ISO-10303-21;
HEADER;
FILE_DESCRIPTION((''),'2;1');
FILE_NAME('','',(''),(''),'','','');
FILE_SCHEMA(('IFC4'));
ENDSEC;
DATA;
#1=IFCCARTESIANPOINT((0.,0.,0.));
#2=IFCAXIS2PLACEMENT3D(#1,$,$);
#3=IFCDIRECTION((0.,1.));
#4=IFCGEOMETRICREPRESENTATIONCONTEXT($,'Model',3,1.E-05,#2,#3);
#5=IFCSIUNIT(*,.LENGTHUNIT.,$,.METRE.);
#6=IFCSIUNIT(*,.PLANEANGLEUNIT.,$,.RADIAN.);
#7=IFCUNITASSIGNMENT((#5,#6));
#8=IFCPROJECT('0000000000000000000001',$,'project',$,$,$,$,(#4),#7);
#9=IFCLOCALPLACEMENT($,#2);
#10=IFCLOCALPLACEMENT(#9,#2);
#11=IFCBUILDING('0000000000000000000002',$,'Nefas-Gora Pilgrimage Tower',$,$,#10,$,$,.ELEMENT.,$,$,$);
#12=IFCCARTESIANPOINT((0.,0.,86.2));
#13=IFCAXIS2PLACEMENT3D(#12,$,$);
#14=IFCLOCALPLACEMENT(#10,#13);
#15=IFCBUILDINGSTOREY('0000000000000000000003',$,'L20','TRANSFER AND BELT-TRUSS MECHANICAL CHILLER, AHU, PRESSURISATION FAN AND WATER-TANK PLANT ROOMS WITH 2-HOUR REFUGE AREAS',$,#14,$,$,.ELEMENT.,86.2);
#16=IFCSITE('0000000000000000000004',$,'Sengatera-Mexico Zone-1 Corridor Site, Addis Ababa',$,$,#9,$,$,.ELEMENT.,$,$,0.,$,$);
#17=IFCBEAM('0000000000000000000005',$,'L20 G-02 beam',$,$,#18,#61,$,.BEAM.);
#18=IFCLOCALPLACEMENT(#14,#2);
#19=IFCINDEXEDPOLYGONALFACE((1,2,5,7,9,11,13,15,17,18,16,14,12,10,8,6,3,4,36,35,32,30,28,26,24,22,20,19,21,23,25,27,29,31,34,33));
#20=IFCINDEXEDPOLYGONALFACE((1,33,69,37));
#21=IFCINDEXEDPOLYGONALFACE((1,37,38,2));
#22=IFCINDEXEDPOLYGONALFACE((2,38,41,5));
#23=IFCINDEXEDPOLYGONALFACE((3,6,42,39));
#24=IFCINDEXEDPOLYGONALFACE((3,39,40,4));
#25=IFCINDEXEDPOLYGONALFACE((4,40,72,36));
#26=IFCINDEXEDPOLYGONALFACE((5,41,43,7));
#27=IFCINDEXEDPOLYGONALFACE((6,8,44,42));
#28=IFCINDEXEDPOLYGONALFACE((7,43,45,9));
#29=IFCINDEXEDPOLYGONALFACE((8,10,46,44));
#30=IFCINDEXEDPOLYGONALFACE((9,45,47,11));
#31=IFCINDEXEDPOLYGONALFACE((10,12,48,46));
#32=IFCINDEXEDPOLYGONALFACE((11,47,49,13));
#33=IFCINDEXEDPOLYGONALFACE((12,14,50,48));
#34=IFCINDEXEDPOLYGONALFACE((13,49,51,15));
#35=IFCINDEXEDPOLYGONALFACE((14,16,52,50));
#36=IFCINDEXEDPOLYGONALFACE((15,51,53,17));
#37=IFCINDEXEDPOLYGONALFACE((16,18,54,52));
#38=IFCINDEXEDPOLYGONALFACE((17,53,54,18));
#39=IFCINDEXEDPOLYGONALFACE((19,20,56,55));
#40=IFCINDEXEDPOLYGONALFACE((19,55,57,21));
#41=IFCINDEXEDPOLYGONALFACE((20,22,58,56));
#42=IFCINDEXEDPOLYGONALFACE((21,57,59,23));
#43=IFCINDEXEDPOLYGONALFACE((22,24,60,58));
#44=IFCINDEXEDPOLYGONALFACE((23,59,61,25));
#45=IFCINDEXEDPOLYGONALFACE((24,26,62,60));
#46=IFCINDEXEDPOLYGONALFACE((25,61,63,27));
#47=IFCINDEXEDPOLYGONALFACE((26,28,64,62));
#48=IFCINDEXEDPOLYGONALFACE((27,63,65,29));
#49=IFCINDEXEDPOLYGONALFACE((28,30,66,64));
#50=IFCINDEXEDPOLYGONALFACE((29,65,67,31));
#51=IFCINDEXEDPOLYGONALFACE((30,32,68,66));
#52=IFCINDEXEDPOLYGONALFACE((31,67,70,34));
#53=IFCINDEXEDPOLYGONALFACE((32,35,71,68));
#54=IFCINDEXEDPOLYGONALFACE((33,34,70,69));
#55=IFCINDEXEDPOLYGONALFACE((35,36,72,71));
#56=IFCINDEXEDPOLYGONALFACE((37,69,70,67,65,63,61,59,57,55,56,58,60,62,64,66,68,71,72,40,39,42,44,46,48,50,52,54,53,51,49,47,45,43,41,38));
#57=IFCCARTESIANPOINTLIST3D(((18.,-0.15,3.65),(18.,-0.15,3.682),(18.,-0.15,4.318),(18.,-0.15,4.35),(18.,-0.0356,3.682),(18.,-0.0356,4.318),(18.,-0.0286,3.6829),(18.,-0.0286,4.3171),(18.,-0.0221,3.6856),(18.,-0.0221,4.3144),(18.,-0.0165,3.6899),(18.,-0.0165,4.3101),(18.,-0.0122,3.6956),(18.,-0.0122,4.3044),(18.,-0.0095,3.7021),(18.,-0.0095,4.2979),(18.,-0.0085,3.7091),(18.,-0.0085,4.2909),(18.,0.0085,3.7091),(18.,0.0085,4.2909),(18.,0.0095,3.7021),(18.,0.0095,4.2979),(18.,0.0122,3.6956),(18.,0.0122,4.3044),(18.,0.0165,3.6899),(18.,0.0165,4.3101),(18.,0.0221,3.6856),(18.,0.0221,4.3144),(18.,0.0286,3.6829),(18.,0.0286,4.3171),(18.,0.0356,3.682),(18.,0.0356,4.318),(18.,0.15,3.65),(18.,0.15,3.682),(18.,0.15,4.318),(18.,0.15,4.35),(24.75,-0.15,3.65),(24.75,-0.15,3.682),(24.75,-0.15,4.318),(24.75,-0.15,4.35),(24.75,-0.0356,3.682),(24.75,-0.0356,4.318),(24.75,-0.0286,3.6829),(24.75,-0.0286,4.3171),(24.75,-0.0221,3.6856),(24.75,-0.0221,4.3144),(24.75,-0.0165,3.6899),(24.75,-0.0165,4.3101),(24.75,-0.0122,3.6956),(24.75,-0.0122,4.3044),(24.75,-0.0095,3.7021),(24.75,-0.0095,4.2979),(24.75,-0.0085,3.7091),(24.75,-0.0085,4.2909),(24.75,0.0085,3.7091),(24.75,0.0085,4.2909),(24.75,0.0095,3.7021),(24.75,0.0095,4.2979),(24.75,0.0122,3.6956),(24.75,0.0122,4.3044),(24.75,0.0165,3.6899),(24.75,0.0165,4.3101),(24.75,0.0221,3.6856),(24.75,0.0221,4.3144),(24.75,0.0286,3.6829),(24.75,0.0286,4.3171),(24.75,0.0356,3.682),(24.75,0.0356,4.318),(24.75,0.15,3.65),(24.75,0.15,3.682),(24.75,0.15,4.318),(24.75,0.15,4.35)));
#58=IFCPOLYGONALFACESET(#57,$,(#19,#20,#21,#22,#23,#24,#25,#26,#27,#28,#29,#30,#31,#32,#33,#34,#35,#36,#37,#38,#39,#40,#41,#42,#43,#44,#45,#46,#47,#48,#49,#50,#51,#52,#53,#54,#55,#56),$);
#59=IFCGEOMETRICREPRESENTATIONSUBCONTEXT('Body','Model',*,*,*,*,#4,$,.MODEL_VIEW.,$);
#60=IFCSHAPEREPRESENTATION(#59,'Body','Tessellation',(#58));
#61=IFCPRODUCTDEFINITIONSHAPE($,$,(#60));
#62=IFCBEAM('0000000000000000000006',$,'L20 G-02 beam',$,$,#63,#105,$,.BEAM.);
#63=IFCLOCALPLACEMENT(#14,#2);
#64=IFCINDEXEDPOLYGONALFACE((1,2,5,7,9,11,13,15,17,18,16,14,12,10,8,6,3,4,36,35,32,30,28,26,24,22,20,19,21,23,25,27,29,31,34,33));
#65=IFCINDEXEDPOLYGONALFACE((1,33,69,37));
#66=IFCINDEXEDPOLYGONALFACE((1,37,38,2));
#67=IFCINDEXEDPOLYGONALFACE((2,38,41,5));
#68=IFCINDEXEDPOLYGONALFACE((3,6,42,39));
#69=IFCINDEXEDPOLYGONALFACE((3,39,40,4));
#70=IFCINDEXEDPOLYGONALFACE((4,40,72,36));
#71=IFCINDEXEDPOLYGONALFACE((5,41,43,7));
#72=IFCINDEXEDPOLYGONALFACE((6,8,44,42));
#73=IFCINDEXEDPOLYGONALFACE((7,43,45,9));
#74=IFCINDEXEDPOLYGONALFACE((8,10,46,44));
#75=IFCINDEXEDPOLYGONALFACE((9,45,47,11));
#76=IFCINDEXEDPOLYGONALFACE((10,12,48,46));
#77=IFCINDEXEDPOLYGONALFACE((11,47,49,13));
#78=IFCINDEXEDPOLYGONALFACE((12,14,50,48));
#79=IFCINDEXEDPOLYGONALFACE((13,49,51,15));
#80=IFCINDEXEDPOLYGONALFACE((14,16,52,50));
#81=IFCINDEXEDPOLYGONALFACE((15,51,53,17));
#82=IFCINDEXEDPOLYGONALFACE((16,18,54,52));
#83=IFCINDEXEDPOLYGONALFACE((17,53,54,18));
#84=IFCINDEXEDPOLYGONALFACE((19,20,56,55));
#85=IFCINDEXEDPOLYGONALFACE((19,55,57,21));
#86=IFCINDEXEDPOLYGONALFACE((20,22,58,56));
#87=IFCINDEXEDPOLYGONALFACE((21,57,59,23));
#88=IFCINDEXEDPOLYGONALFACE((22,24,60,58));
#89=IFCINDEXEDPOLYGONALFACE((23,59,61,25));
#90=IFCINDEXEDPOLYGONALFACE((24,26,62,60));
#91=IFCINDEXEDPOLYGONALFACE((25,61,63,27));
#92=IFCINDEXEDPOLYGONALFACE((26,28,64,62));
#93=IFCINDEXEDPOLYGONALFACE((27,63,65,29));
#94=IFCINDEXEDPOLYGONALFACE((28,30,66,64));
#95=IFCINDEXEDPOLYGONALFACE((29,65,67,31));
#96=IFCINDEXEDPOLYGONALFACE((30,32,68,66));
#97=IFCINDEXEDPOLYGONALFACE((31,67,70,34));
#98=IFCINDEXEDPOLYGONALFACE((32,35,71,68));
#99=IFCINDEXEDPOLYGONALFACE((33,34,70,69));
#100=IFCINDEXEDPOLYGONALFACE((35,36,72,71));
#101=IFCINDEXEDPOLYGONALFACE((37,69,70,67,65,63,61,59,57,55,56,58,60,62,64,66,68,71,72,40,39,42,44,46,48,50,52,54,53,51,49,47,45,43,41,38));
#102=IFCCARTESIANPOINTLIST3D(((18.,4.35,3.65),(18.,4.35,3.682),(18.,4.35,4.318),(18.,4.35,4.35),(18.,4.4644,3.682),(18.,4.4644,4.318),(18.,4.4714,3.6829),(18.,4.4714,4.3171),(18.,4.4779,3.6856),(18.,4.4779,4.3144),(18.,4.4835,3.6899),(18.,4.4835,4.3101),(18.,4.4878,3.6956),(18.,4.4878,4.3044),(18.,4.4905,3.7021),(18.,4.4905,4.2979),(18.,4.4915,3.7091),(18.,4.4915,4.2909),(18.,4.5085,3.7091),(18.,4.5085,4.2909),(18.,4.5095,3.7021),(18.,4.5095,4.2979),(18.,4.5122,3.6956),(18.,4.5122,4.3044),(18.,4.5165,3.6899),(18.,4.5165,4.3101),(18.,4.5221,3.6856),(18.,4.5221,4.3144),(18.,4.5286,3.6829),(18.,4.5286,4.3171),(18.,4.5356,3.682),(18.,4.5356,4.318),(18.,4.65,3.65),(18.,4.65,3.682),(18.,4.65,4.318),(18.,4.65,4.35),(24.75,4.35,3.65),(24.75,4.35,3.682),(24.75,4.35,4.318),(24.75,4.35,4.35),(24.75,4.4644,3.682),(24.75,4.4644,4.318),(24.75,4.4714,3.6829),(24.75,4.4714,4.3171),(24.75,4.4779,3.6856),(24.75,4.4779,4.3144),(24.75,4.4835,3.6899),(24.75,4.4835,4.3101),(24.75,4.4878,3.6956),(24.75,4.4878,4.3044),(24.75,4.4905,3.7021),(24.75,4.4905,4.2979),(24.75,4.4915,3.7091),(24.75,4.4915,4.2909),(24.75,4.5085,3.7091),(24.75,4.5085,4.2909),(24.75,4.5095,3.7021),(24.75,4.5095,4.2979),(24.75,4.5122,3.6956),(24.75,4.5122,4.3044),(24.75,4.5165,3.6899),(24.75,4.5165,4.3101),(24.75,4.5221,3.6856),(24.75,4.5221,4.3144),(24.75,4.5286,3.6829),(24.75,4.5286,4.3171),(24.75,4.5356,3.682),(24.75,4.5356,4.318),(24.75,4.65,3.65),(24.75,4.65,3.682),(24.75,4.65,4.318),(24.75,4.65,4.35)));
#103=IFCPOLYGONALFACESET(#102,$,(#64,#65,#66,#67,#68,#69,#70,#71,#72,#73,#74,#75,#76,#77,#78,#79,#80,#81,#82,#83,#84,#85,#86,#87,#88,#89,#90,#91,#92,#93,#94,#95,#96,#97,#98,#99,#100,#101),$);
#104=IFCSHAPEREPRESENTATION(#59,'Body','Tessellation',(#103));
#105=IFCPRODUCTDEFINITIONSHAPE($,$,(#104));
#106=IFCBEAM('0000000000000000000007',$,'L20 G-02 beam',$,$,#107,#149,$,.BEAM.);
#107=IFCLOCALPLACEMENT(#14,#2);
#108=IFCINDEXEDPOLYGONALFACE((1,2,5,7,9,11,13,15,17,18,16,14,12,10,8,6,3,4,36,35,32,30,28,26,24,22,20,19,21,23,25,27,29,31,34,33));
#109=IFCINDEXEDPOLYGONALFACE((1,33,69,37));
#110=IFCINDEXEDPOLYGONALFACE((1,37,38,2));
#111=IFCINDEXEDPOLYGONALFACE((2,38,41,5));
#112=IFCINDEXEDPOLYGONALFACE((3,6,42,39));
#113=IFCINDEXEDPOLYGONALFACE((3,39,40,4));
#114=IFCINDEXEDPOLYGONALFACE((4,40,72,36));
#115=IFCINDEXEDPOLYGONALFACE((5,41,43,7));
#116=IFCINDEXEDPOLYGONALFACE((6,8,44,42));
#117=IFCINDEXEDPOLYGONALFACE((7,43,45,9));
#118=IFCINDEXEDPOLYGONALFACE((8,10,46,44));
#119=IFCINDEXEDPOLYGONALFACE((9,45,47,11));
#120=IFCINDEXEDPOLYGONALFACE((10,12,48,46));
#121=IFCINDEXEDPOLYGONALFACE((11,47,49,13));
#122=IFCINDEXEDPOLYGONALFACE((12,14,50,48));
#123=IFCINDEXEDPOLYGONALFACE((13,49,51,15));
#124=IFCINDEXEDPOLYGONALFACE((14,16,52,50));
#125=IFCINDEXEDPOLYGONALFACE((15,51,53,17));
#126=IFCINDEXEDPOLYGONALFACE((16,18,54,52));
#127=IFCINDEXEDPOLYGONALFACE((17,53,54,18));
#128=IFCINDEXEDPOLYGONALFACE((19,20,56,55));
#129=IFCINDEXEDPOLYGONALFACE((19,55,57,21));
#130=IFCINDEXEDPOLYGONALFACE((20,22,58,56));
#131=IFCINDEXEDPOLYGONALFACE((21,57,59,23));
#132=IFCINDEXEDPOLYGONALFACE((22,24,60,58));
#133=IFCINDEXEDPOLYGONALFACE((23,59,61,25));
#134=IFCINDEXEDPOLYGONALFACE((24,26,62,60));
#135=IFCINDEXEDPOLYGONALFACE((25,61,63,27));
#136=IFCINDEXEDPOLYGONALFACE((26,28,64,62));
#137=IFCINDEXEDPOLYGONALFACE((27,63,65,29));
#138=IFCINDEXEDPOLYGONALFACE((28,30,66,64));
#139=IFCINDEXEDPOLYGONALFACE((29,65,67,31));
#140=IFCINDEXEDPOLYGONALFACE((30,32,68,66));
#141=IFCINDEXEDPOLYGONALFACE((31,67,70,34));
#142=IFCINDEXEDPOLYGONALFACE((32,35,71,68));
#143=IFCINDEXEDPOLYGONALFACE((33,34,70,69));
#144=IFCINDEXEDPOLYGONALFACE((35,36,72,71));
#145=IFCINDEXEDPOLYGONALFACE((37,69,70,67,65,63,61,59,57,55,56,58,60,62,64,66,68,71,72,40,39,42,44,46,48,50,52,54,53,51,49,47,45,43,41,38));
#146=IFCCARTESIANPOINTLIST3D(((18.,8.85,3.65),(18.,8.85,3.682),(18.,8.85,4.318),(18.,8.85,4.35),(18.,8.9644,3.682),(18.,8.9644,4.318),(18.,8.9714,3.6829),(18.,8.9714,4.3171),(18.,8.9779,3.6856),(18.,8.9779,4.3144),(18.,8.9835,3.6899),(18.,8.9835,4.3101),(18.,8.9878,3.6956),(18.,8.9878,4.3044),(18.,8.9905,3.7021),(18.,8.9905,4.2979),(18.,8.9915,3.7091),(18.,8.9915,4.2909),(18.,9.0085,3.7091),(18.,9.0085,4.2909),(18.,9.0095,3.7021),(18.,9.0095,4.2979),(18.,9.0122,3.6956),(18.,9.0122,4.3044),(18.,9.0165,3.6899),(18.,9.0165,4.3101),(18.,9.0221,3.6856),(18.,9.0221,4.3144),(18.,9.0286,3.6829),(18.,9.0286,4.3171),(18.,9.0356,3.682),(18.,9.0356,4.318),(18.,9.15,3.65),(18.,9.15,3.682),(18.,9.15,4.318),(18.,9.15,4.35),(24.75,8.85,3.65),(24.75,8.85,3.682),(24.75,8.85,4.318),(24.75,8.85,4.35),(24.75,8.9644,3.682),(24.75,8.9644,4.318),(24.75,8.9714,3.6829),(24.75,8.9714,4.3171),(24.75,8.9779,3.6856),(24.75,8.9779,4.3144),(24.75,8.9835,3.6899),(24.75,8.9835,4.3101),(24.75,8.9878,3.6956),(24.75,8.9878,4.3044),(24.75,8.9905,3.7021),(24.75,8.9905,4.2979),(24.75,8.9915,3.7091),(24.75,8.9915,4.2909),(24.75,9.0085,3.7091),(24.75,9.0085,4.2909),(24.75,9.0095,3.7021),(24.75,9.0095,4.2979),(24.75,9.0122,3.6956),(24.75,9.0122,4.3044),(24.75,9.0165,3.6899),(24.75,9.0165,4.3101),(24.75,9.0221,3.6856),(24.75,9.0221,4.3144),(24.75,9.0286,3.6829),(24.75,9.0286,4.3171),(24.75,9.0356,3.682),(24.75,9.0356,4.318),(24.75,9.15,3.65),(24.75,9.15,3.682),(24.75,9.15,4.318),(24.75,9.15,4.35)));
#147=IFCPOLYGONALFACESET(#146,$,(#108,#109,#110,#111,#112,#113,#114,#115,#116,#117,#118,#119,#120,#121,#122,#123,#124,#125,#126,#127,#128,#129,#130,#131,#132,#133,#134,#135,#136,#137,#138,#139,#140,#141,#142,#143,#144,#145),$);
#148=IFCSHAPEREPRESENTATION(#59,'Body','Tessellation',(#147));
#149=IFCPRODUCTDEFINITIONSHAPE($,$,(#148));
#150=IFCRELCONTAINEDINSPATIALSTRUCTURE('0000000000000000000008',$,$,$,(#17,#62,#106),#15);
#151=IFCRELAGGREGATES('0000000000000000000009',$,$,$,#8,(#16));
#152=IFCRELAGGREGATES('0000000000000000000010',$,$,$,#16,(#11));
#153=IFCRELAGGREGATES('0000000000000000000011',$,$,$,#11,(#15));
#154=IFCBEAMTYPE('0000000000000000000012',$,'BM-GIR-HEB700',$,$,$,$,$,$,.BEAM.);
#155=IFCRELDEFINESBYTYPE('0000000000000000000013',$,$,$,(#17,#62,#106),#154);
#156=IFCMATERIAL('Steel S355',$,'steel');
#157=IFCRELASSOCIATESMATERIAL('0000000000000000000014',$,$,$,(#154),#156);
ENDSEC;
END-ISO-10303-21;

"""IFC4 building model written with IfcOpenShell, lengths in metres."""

from ifc_helpers import new_model, si_unit, direction, frame, origin, origin_2d, place, context, subcontext, project, spatial, i_section, extrude, source, transform, mapped, material, material_profile, profile_set, type_object, element, save


model = new_model("IFC4")

# Units and contexts
model_context = context("Model", 3, precision=1e-05, world=origin(), true_north=direction((0.0, 1.0)))
body_context = subcontext(model_context, "Body", "Model", "MODEL_VIEW")
ifc_project = project(units=[si_unit("LENGTHUNIT", "METRE"), si_unit("PLANEANGLEUNIT", "RADIAN")], contexts=[model_context])

# Site, building, storey
site_placement = place(None, origin())
site = spatial("IfcSite", under=ifc_project, at=site_placement, Name="Sengatera-Mexico Zone-1 Corridor Site, Addis Ababa", CompositionType="ELEMENT", RefElevation=0.0)
building_placement = place(site_placement, origin())
building = spatial("IfcBuilding", under=site, at=building_placement, Name="Nefas-Gora Pilgrimage Tower", CompositionType="ELEMENT")
storey_placement = place(building_placement, frame((0.0, 0.0, 86.2)))
storey = spatial("IfcBuildingStorey", under=building, at=storey_placement, Name="L20", Description="TRANSFER AND BELT-TRUSS MECHANICAL CHILLER, AHU, PRESSURISATION FAN AND WATER-TANK PLANT ROOMS WITH 2-HOUR REFUGE AREAS", CompositionType="ELEMENT", Elevation=86.2)

# Beams
ifc_material_1 = material(Name="Steel S355", Category="steel")
ifc_material_profile_1 = material_profile(ifc_material_1, i_section(OverallWidth=0.3, OverallDepth=0.7, WebThickness=0.0171, FlangeThickness=0.032, FilletRadius=0.0271, at=origin_2d()), Name="HEB 700")
ifc_profile_set_1 = profile_set([ifc_material_profile_1], Name="Steel S355")
beam_type_1 = type_object("IfcBeamType", Name="BM-GIR-HEB700", PredefinedType="BEAM", material=ifc_profile_set_1)
shared_shape_1 = source(origin(), body_context, "Body", "SweptSolid", [
    extrude(i_section(OverallWidth=0.3, OverallDepth=0.7, WebThickness=0.0171, FlangeThickness=0.032, FilletRadius=0.0271, at=origin_2d()), origin(), (0.0, 0.0, 1.0), 6.75),
])
for number, where, z_axis, x_axis, name in (
    (1, (18.0, 0.0, 4.0), (1.0, 0.0, 0.0), (0.0, 1.0, 0.0), "L20 G-02 beam"),
    (2, (18.0, 4.5, 4.0), (1.0, 0.0, 0.0), (0.0, 1.0, 0.0), "L20 G-02 beam"),
    (3, (18.0, 9.0, 4.0), (1.0, 0.0, 0.0), (0.0, 1.0, 0.0), "L20 G-02 beam"),
):
    element("IfcBeam", number, at=place(storey_placement, frame(where, z_axis=z_axis, x_axis=x_axis)), inside=storey, type_object=beam_type_1, Name=name, PredefinedType="BEAM", context=body_context, shape_type="MappedRepresentation", body=[
        mapped(shared_shape_1, transform((0.0, 0.0, 0.0), x_axis=(1.0, 0.0, 0.0), y_axis=(0.0, 1.0, 0.0), z_axis=(0.0, 0.0, 1.0), scale=1.0)),
    ])

save(model, "model.ifc")
